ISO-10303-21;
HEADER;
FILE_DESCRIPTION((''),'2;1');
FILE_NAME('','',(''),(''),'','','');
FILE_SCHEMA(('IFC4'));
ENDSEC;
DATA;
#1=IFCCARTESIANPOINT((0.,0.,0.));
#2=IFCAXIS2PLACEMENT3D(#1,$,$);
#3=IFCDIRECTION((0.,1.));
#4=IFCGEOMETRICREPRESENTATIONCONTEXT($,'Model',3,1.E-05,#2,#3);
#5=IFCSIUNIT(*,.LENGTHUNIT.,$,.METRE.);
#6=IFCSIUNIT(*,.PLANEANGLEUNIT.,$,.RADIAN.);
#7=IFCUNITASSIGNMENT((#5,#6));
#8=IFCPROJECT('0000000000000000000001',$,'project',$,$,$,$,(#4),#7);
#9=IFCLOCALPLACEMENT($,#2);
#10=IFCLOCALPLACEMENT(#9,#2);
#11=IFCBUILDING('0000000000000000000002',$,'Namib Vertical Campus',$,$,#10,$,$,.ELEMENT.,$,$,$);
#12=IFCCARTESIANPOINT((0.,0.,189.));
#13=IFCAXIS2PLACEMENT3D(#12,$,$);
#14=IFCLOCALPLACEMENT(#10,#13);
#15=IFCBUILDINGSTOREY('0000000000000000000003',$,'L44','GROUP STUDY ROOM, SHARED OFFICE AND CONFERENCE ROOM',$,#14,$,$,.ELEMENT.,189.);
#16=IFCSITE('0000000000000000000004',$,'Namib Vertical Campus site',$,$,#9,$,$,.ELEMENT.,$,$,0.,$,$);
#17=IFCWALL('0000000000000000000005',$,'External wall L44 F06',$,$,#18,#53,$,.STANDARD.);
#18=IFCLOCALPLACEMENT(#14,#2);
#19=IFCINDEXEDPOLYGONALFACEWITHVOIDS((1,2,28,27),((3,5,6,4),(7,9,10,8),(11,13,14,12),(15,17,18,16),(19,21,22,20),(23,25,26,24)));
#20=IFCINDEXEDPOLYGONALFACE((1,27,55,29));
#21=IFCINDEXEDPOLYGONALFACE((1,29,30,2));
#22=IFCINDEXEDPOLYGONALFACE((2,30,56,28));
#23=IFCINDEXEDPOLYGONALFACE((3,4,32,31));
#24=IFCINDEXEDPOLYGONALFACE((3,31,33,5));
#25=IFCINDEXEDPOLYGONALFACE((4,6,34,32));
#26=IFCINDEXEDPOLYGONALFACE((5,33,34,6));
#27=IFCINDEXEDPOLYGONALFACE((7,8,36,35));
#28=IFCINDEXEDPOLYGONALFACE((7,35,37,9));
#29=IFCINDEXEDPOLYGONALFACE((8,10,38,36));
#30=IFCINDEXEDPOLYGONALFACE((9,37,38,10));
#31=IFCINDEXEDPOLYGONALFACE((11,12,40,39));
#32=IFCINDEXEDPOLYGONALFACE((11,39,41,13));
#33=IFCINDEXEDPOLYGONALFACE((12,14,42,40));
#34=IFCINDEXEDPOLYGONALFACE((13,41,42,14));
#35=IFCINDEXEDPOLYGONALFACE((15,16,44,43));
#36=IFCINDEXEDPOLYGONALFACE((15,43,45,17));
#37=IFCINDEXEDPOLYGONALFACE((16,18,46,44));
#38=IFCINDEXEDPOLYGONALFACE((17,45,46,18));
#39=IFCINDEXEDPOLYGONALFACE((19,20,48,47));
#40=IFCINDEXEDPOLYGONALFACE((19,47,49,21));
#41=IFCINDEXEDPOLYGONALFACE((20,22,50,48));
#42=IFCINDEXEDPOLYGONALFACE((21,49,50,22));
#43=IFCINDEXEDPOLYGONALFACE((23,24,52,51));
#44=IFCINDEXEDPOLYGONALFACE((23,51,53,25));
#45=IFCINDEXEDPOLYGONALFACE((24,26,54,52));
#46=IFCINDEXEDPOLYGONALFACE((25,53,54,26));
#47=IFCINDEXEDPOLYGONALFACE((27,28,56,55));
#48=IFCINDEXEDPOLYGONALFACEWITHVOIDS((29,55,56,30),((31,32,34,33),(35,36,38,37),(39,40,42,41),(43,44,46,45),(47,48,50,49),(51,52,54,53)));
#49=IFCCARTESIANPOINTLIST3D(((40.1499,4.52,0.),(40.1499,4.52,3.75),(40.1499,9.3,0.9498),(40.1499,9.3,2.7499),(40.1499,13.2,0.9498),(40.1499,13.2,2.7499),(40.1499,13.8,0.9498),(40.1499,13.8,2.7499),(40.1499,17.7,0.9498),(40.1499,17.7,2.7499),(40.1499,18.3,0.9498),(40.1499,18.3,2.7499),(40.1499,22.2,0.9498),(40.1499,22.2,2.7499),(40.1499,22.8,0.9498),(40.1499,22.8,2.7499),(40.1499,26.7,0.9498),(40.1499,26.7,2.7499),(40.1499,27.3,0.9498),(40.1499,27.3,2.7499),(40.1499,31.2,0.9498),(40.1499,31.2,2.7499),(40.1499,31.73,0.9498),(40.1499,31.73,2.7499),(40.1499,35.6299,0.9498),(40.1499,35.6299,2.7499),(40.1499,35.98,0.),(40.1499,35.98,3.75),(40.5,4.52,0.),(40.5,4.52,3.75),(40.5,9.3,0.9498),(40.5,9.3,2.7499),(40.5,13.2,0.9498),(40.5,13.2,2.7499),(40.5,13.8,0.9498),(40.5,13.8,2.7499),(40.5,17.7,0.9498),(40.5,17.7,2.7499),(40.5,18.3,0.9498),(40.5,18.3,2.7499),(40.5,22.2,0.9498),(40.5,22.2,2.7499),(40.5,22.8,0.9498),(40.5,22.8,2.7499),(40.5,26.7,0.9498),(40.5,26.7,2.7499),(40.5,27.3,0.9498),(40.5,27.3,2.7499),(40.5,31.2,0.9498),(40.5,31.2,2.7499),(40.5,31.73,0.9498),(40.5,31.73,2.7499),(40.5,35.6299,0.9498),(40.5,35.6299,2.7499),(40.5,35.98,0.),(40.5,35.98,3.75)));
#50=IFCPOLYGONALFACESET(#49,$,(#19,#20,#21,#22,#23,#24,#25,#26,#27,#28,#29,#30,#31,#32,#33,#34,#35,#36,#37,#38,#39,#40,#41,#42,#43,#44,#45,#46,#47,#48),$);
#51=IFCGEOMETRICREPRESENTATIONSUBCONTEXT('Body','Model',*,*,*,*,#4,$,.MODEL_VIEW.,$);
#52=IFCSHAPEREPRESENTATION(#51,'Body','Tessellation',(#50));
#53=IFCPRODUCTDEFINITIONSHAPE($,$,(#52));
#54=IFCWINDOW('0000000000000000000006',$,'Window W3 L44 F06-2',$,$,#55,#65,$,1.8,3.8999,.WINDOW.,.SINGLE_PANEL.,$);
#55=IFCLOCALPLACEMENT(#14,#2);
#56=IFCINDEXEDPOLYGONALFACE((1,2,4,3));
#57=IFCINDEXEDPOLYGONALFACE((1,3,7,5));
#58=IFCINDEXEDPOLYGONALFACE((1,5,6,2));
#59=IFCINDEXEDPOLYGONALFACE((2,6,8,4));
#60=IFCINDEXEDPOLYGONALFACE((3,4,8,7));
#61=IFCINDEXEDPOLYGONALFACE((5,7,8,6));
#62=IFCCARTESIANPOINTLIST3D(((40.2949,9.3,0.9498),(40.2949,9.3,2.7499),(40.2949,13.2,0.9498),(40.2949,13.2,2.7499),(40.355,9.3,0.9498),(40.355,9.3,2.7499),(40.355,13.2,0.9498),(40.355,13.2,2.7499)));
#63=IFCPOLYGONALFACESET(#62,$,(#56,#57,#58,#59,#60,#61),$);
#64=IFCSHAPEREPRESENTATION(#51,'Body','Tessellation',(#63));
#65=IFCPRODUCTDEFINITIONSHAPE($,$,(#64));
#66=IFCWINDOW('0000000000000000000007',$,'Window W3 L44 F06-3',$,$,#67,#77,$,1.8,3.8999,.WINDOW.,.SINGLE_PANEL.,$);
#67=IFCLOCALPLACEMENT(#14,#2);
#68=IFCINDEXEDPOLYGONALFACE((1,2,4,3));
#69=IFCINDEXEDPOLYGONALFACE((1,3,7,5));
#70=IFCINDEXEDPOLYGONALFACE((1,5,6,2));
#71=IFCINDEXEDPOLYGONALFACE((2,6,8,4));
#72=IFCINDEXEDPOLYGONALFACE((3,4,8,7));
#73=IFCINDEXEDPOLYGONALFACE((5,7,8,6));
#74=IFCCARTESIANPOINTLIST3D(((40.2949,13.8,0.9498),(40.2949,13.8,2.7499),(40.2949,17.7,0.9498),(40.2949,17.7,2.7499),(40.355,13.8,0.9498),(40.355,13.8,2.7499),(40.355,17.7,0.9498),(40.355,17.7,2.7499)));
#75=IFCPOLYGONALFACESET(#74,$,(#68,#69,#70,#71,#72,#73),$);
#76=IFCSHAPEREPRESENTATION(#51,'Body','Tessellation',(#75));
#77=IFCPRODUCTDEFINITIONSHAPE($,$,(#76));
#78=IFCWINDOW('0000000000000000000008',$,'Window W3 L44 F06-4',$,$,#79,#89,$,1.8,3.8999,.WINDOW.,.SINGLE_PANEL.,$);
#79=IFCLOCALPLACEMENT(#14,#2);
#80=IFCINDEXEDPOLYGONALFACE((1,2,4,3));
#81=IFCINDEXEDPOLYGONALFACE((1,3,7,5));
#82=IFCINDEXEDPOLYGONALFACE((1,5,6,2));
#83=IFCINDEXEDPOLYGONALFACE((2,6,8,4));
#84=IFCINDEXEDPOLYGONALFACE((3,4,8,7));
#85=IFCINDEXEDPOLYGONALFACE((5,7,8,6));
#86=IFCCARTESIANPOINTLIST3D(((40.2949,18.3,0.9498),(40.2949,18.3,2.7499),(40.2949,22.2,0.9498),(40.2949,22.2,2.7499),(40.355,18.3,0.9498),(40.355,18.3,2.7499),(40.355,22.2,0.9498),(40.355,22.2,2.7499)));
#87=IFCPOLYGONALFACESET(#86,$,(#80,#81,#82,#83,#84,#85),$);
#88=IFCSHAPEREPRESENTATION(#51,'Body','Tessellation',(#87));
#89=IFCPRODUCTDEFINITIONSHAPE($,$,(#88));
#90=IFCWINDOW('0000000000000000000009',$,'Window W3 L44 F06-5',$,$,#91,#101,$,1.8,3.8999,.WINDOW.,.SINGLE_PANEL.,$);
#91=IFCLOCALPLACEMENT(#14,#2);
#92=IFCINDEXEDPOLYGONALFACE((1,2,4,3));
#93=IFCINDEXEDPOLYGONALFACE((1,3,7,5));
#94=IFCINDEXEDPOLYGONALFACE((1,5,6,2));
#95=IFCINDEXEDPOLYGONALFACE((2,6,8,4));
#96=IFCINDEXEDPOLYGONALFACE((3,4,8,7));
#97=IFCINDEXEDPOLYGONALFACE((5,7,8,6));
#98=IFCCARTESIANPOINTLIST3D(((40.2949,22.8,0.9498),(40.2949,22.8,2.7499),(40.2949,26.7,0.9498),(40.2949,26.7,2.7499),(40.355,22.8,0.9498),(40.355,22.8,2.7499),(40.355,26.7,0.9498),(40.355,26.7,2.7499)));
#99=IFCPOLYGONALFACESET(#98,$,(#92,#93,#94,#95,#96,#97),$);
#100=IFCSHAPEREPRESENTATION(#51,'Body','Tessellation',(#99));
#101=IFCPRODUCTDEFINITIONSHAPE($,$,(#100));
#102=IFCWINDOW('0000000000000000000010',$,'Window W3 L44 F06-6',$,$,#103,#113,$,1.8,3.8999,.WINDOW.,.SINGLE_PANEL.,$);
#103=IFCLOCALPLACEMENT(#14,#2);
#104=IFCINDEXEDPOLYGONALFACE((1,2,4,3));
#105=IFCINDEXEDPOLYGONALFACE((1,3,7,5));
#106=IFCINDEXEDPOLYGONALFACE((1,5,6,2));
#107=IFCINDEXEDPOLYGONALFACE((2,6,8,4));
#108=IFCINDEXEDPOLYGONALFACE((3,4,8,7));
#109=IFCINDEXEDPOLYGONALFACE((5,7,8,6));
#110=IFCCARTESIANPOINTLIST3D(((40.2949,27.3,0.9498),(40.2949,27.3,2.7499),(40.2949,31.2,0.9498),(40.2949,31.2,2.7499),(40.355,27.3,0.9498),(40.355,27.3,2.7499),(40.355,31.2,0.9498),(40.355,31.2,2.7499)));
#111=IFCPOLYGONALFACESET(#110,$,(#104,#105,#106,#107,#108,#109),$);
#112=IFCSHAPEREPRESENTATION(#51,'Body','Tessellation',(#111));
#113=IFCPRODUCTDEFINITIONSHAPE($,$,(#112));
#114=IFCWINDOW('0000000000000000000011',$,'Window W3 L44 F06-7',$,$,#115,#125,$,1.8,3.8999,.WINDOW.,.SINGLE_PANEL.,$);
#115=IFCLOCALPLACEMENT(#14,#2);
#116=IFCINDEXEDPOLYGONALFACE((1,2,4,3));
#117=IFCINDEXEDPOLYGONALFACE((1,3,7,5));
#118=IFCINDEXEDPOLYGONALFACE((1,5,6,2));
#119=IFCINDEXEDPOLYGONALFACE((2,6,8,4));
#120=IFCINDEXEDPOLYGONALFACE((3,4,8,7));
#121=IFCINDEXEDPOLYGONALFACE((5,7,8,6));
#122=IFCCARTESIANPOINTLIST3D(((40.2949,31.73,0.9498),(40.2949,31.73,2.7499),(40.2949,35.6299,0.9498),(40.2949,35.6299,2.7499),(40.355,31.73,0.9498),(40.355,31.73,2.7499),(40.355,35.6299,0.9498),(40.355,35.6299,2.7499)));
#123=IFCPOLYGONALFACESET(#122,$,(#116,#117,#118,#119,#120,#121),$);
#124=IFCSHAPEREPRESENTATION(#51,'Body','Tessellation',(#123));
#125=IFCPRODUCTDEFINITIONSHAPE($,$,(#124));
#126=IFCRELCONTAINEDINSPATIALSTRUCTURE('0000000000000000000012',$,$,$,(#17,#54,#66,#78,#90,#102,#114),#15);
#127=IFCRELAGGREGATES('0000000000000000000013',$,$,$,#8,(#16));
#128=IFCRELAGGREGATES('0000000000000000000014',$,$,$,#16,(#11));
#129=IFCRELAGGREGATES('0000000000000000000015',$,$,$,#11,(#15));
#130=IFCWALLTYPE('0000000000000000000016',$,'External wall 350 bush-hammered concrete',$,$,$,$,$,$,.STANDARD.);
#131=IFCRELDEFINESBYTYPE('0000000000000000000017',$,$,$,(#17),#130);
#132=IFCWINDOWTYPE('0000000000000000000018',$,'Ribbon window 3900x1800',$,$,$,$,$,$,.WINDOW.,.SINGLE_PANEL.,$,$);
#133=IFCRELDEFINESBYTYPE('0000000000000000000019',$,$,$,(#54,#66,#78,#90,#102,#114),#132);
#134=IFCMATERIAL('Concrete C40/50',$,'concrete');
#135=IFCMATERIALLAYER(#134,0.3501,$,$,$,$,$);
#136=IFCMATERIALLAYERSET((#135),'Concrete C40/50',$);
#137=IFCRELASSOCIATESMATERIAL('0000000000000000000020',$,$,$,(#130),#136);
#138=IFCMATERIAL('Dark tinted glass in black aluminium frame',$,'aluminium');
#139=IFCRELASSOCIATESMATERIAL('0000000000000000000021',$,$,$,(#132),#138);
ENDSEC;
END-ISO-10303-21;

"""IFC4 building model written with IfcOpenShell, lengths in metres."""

from ifc_helpers import new_model, si_unit, direction, frame, frame_2d, origin, place, context, subcontext, project, spatial, rectangle, extrude, material, layer, layer_set, type_object, element, fill, save


model = new_model("IFC4")

# Units and contexts
model_context = context("Model", 3, precision=1e-05, world=origin(), true_north=direction((0.0, 1.0)))
body_context = subcontext(model_context, "Body", "Model", "MODEL_VIEW")
ifc_project = project(units=[si_unit("LENGTHUNIT", "METRE"), si_unit("PLANEANGLEUNIT", "RADIAN")], contexts=[model_context])

# Site, building, storey
site_placement = place(None, origin())
site = spatial("IfcSite", under=ifc_project, at=site_placement, Name="Namib Vertical Campus site", CompositionType="ELEMENT", RefElevation=0.0)
building_placement = place(site_placement, origin())
building = spatial("IfcBuilding", under=site, at=building_placement, Name="Namib Vertical Campus", CompositionType="ELEMENT")
storey_placement = place(building_placement, frame((0.0, 0.0, 189.0)))
storey = spatial("IfcBuildingStorey", under=building, at=storey_placement, Name="L44", Description="GROUP STUDY ROOM, SHARED OFFICE AND CONFERENCE ROOM", CompositionType="ELEMENT", Elevation=189.0)

# Wall, openings, windows
ifc_material_1 = material(Name="Concrete C40/50", Category="concrete")
ifc_layer_1 = layer(ifc_material_1, 0.3501)
ifc_layer_set_1 = layer_set([ifc_layer_1], Name="Concrete C40/50")
wall_type_1 = type_object("IfcWallType", Name="External wall 350 bush-hammered concrete", PredefinedType="STANDARD", material=ifc_layer_set_1)
wall_1_placement = place(storey_placement, frame((40.325, 4.52, 0.0), z_axis=(0.0, 0.0, 1.0), x_axis=(0.0, 1.0, 0.0)))
wall_1 = element("IfcWall", 1, at=wall_1_placement, inside=storey, type_object=wall_type_1, Name="External wall L44 F06", PredefinedType="STANDARD", context=body_context, shape_type="SweptSolid", body=[
    extrude(rectangle(XDim=31.46, YDim=0.3501, at=frame_2d((15.73, 0.0))), origin(), (0.0, 0.0, 1.0), 3.75),
])
opening_1_placement = place(wall_1_placement, frame((4.78, 0.0, 0.95)))
opening_1 = element("IfcOpeningElement", 2, at=opening_1_placement, cuts=wall_1, PredefinedType="OPENING", context=body_context, shape_type="SweptSolid", body=[
    extrude(rectangle(XDim=3.8999, YDim=1.8, at=frame_2d((1.95, 0.8999))), frame((0.0, 0.1851, 0.0), z_axis=(0.0, -1.0, 0.0), x_axis=(1.0, 0.0, 0.0)), (0.0, 0.0, 1.0), 0.3701),
])
opening_2_placement = place(wall_1_placement, frame((9.28, 0.0, 0.95)))
opening_2 = element("IfcOpeningElement", 3, at=opening_2_placement, cuts=wall_1, PredefinedType="OPENING", context=body_context, shape_type="SweptSolid", body=[
    extrude(rectangle(XDim=3.8999, YDim=1.8, at=frame_2d((1.95, 0.8999))), frame((0.0, 0.1851, 0.0), z_axis=(0.0, -1.0, 0.0), x_axis=(1.0, 0.0, 0.0)), (0.0, 0.0, 1.0), 0.3701),
])
opening_3_placement = place(wall_1_placement, frame((13.78, 0.0, 0.95)))
opening_3 = element("IfcOpeningElement", 4, at=opening_3_placement, cuts=wall_1, PredefinedType="OPENING", context=body_context, shape_type="SweptSolid", body=[
    extrude(rectangle(XDim=3.8999, YDim=1.8, at=frame_2d((1.95, 0.8999))), frame((0.0, 0.1851, 0.0), z_axis=(0.0, -1.0, 0.0), x_axis=(1.0, 0.0, 0.0)), (0.0, 0.0, 1.0), 0.3701),
])
opening_4_placement = place(wall_1_placement, frame((18.28, 0.0, 0.95)))
opening_4 = element("IfcOpeningElement", 5, at=opening_4_placement, cuts=wall_1, PredefinedType="OPENING", context=body_context, shape_type="SweptSolid", body=[
    extrude(rectangle(XDim=3.8999, YDim=1.8, at=frame_2d((1.95, 0.8999))), frame((0.0, 0.1851, 0.0), z_axis=(0.0, -1.0, 0.0), x_axis=(1.0, 0.0, 0.0)), (0.0, 0.0, 1.0), 0.3701),
])
opening_5_placement = place(wall_1_placement, frame((22.78, 0.0, 0.95)))
opening_5 = element("IfcOpeningElement", 6, at=opening_5_placement, cuts=wall_1, PredefinedType="OPENING", context=body_context, shape_type="SweptSolid", body=[
    extrude(rectangle(XDim=3.8999, YDim=1.8, at=frame_2d((1.95, 0.8999))), frame((0.0, 0.1851, 0.0), z_axis=(0.0, -1.0, 0.0), x_axis=(1.0, 0.0, 0.0)), (0.0, 0.0, 1.0), 0.3701),
])
opening_6_placement = place(wall_1_placement, frame((27.21, 0.0, 0.95)))
opening_6 = element("IfcOpeningElement", 7, at=opening_6_placement, cuts=wall_1, PredefinedType="OPENING", context=body_context, shape_type="SweptSolid", body=[
    extrude(rectangle(XDim=3.8999, YDim=1.8, at=frame_2d((1.95, 0.8999))), frame((0.0, 0.1851, 0.0), z_axis=(0.0, -1.0, 0.0), x_axis=(1.0, 0.0, 0.0)), (0.0, 0.0, 1.0), 0.3701),
])
ifc_material_2 = material(Name="Dark tinted glass in black aluminium frame", Category="aluminium")
window_type = type_object("IfcWindowType", Name="Ribbon window 3900x1800", PartitioningType="SINGLE_PANEL", PredefinedType="WINDOW", material=ifc_material_2)
window_1_placement = place(opening_1_placement, origin())
window_1 = element("IfcWindow", 8, at=window_1_placement, inside=storey, type_object=window_type, Name="Window W3 L44 F06-2", OverallHeight=1.8, OverallWidth=3.8999, PartitioningType="SINGLE_PANEL", PredefinedType="WINDOW", context=body_context, shape_type="SweptSolid", body=[
    extrude(rectangle(XDim=3.8999, YDim=1.8, at=frame_2d((1.95, 0.8999))), frame((0.0, 0.03, 0.0), z_axis=(0.0, -1.0, 0.0), x_axis=(1.0, 0.0, 0.0)), (0.0, 0.0, 1.0), 0.0601),
])
fill(opening_1, window_1)
window_2_placement = place(opening_2_placement, origin())
window_2 = element("IfcWindow", 9, at=window_2_placement, inside=storey, type_object=window_type, Name="Window W3 L44 F06-3", OverallHeight=1.8, OverallWidth=3.8999, PartitioningType="SINGLE_PANEL", PredefinedType="WINDOW", context=body_context, shape_type="SweptSolid", body=[
    extrude(rectangle(XDim=3.8999, YDim=1.8, at=frame_2d((1.95, 0.8999))), frame((0.0, 0.03, 0.0), z_axis=(0.0, -1.0, 0.0), x_axis=(1.0, 0.0, 0.0)), (0.0, 0.0, 1.0), 0.0601),
])
fill(opening_2, window_2)
window_3_placement = place(opening_3_placement, origin())
window_3 = element("IfcWindow", 10, at=window_3_placement, inside=storey, type_object=window_type, Name="Window W3 L44 F06-4", OverallHeight=1.8, OverallWidth=3.8999, PartitioningType="SINGLE_PANEL", PredefinedType="WINDOW", context=body_context, shape_type="SweptSolid", body=[
    extrude(rectangle(XDim=3.8999, YDim=1.8, at=frame_2d((1.95, 0.8999))), frame((0.0, 0.03, 0.0), z_axis=(0.0, -1.0, 0.0), x_axis=(1.0, 0.0, 0.0)), (0.0, 0.0, 1.0), 0.0601),
])
fill(opening_3, window_3)
window_4_placement = place(opening_4_placement, origin())
window_4 = element("IfcWindow", 11, at=window_4_placement, inside=storey, type_object=window_type, Name="Window W3 L44 F06-5", OverallHeight=1.8, OverallWidth=3.8999, PartitioningType="SINGLE_PANEL", PredefinedType="WINDOW", context=body_context, shape_type="SweptSolid", body=[
    extrude(rectangle(XDim=3.8999, YDim=1.8, at=frame_2d((1.95, 0.8999))), frame((0.0, 0.03, 0.0), z_axis=(0.0, -1.0, 0.0), x_axis=(1.0, 0.0, 0.0)), (0.0, 0.0, 1.0), 0.0601),
])
fill(opening_4, window_4)
window_5_placement = place(opening_5_placement, origin())
window_5 = element("IfcWindow", 12, at=window_5_placement, inside=storey, type_object=window_type, Name="Window W3 L44 F06-6", OverallHeight=1.8, OverallWidth=3.8999, PartitioningType="SINGLE_PANEL", PredefinedType="WINDOW", context=body_context, shape_type="SweptSolid", body=[
    extrude(rectangle(XDim=3.8999, YDim=1.8, at=frame_2d((1.95, 0.8999))), frame((0.0, 0.03, 0.0), z_axis=(0.0, -1.0, 0.0), x_axis=(1.0, 0.0, 0.0)), (0.0, 0.0, 1.0), 0.0601),
])
fill(opening_5, window_5)
window_6_placement = place(opening_6_placement, origin())
window_6 = element("IfcWindow", 13, at=window_6_placement, inside=storey, type_object=window_type, Name="Window W3 L44 F06-7", OverallHeight=1.8, OverallWidth=3.8999, PartitioningType="SINGLE_PANEL", PredefinedType="WINDOW", context=body_context, shape_type="SweptSolid", body=[
    extrude(rectangle(XDim=3.8999, YDim=1.8, at=frame_2d((1.95, 0.8999))), frame((0.0, 0.03, 0.0), z_axis=(0.0, -1.0, 0.0), x_axis=(1.0, 0.0, 0.0)), (0.0, 0.0, 1.0), 0.0601),
])
fill(opening_6, window_6)

save(model, "model.ifc")
